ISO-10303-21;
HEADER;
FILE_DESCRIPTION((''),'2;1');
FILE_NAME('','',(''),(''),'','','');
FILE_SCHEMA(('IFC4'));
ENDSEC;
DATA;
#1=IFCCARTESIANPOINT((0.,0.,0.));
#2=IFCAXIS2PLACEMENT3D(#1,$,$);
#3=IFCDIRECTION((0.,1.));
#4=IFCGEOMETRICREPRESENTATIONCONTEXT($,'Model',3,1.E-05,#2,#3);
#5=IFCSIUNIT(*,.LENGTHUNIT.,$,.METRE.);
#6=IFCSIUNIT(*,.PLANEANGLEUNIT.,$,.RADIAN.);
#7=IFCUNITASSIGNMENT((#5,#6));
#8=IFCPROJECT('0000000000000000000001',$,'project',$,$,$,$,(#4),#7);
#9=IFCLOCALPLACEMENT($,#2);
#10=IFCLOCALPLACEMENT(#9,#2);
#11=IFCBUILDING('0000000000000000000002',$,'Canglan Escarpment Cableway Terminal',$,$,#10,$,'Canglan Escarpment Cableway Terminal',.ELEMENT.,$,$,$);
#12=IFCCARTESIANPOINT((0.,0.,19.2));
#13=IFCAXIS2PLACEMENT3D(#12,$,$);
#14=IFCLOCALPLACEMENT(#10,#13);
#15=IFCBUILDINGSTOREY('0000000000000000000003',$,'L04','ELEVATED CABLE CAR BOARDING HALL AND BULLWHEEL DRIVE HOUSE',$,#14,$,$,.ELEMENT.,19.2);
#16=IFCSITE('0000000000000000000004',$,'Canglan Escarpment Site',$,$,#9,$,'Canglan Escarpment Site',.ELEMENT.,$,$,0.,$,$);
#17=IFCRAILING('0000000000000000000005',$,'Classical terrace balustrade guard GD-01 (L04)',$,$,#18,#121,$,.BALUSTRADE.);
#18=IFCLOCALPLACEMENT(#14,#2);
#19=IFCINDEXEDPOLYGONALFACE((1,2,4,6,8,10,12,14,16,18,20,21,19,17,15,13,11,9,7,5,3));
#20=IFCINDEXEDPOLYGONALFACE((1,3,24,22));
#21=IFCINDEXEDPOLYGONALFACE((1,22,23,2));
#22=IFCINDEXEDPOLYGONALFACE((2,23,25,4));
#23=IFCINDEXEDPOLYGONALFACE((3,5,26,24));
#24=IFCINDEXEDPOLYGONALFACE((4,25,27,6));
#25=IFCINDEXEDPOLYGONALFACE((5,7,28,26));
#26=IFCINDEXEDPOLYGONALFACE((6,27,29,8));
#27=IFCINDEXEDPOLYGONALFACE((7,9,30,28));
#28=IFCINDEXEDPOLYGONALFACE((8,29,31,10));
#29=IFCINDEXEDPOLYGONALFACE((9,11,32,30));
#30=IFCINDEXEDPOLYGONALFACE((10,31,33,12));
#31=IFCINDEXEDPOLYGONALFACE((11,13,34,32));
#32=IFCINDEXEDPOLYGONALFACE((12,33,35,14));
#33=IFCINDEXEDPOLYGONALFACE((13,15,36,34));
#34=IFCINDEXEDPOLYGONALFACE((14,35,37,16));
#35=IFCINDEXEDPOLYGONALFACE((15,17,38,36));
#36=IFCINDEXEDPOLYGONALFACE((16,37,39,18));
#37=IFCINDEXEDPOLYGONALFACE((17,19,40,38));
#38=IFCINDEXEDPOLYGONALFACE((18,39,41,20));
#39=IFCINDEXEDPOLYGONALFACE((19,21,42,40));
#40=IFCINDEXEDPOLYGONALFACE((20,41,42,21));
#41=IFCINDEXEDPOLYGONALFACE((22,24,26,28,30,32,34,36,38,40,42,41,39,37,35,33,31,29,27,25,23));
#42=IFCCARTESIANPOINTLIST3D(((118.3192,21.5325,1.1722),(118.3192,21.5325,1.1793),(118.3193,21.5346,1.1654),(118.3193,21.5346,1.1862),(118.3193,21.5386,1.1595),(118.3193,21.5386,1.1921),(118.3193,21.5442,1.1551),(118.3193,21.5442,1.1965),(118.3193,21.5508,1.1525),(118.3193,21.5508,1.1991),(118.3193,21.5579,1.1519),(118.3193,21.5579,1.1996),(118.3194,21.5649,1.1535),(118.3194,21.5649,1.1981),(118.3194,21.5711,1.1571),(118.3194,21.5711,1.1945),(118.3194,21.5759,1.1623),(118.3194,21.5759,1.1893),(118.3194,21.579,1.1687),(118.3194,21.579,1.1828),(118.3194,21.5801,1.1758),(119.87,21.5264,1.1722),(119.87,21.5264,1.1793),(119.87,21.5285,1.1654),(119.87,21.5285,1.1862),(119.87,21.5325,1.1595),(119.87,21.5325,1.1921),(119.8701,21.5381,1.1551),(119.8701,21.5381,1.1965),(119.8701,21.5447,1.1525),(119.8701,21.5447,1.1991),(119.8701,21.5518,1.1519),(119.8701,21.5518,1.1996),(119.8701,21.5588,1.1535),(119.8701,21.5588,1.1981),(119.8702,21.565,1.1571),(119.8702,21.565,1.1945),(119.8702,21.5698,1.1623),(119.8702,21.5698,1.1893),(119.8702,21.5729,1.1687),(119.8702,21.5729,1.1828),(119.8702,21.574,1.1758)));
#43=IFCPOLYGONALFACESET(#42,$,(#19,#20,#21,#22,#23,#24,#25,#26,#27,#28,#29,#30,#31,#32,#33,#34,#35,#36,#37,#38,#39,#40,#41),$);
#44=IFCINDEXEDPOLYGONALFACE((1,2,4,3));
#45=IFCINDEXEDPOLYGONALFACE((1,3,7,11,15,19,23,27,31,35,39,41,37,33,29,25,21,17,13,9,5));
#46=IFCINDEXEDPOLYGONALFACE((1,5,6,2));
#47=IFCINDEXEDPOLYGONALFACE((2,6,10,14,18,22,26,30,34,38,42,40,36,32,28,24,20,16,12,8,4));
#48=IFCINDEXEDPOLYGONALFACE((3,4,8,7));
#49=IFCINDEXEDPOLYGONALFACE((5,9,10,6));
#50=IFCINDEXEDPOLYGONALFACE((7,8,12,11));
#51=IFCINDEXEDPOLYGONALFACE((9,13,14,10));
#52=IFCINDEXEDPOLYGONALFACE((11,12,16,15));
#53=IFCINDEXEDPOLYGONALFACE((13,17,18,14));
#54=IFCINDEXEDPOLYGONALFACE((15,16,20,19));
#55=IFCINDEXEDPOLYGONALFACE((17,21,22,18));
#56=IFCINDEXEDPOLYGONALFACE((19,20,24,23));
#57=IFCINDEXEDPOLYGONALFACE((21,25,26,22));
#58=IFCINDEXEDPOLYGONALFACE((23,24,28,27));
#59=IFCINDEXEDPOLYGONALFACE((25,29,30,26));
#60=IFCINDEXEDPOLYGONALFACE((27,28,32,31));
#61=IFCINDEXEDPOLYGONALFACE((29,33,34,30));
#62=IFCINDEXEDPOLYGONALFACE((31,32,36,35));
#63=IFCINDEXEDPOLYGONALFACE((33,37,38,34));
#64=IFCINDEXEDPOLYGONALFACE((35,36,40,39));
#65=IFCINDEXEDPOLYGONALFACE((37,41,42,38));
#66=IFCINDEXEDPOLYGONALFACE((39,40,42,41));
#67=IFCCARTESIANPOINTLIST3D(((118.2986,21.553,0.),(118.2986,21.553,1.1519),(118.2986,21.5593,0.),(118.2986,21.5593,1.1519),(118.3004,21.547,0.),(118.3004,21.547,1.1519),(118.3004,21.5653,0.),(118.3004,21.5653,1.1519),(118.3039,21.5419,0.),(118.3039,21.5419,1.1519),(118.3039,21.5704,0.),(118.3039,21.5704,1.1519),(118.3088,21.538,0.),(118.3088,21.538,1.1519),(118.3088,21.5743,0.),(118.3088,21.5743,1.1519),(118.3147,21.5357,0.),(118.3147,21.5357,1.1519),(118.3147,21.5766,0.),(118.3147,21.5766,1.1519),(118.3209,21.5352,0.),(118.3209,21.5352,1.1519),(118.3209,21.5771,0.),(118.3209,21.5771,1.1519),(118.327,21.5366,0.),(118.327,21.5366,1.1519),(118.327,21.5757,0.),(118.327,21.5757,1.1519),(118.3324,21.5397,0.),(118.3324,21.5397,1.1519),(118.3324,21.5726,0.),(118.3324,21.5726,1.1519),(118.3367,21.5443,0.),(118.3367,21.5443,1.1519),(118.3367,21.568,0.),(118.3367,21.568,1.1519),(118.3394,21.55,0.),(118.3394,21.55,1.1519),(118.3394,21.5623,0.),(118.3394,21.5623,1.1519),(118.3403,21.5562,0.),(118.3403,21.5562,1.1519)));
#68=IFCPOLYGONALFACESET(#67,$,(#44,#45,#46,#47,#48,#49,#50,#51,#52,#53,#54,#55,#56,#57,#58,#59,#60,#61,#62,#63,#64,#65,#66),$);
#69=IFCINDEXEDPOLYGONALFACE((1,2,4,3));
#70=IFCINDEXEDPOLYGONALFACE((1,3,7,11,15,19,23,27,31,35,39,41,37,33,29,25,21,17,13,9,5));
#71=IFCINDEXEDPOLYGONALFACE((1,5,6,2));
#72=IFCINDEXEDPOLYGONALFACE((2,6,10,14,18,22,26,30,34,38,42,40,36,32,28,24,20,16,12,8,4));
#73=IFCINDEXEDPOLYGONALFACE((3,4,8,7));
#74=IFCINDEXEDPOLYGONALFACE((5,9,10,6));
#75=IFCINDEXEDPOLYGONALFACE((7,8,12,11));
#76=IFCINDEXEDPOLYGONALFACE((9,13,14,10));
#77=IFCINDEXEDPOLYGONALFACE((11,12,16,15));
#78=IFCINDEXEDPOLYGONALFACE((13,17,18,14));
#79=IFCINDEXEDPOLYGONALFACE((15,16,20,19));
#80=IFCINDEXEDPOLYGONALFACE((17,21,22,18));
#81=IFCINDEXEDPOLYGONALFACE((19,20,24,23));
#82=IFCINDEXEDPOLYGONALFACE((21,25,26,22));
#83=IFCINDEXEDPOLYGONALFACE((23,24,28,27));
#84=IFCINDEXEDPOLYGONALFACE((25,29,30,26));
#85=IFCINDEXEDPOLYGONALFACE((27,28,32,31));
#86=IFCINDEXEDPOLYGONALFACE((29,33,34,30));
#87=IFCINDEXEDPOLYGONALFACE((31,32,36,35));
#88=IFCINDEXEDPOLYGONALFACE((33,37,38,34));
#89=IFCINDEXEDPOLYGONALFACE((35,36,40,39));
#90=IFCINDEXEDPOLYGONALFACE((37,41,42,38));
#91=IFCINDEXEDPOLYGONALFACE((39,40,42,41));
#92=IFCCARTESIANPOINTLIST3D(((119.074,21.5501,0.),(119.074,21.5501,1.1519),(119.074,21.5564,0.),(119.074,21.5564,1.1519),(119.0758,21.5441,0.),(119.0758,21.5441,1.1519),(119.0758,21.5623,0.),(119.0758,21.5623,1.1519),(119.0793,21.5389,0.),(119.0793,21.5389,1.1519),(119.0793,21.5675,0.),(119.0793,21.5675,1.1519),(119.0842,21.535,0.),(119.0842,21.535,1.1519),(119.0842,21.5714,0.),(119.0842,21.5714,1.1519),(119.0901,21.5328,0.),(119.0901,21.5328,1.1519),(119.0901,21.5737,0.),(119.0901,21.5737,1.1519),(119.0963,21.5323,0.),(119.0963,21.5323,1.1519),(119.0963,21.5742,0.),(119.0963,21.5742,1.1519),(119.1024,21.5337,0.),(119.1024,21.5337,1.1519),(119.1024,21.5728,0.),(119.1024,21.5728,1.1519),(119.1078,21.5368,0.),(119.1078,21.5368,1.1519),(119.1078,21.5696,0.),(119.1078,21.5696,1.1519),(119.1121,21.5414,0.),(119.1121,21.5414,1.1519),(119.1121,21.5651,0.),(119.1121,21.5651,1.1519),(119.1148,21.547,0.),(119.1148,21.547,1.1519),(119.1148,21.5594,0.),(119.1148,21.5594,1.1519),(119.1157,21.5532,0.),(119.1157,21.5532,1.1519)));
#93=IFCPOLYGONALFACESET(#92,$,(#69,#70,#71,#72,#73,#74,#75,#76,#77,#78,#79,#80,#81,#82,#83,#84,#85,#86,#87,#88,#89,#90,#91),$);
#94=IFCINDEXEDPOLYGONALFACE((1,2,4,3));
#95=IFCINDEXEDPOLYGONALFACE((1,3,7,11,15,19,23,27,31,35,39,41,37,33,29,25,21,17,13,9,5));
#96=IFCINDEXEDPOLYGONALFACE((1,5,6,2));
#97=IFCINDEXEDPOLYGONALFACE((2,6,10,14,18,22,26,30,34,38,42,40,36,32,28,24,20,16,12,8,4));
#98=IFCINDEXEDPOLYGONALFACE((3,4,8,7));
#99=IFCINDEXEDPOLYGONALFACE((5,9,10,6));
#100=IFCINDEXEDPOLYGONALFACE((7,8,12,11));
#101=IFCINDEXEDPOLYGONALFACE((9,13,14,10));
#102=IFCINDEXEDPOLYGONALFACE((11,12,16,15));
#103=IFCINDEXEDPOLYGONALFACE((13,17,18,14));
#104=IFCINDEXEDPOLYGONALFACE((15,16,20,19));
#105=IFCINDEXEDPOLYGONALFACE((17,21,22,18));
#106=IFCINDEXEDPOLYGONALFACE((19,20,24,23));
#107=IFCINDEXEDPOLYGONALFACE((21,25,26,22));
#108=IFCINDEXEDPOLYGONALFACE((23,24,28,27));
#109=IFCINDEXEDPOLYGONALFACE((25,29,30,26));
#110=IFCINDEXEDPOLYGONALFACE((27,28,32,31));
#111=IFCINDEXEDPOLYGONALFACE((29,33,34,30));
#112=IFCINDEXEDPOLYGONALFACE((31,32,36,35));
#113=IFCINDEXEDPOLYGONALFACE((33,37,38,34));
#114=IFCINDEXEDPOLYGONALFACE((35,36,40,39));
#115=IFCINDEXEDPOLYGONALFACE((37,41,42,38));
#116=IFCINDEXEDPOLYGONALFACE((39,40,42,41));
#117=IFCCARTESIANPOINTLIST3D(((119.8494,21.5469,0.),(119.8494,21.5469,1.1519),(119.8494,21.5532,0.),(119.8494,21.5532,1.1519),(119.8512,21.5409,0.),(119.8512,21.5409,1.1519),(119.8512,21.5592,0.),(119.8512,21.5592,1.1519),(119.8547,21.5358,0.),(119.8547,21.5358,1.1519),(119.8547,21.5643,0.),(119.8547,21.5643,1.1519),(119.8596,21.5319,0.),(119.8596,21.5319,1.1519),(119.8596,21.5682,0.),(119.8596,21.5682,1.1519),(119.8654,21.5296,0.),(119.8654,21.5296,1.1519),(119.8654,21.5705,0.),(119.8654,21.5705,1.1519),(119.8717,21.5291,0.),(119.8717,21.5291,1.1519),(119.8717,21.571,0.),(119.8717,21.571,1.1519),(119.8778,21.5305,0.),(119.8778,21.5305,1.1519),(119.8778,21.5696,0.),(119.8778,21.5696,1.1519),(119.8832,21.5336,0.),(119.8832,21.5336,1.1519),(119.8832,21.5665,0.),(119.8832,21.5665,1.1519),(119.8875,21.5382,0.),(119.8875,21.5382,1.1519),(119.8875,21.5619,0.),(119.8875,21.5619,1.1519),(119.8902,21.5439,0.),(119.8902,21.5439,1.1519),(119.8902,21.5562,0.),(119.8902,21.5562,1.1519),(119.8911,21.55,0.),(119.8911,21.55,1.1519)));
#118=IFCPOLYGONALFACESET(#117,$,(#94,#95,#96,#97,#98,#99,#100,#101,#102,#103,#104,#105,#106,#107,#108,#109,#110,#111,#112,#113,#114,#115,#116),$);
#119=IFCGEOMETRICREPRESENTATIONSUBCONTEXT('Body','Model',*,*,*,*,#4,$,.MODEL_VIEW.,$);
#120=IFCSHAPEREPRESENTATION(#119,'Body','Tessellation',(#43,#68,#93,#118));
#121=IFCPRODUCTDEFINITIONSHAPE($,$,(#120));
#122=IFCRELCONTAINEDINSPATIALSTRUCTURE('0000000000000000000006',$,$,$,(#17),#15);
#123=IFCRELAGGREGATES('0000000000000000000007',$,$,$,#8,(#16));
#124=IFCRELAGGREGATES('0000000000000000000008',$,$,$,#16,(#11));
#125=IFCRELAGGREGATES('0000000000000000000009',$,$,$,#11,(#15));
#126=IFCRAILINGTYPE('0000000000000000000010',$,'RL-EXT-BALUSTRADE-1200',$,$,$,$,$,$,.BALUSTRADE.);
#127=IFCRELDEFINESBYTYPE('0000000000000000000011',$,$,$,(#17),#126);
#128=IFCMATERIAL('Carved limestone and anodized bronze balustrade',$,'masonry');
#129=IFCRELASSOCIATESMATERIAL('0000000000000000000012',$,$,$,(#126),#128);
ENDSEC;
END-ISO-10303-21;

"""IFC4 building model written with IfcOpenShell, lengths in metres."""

from ifc_helpers import new_model, si_unit, direction, frame, origin, origin_2d, place, context, subcontext, project, spatial, circle, extrude, material, type_object, element, save


model = new_model("IFC4")

# Units and contexts
model_context = context("Model", 3, precision=1e-05, world=origin(), true_north=direction((0.0, 1.0)))
body_context = subcontext(model_context, "Body", "Model", "MODEL_VIEW")
ifc_project = project(units=[si_unit("LENGTHUNIT", "METRE"), si_unit("PLANEANGLEUNIT", "RADIAN")], contexts=[model_context])

# Site, building, storey
site_placement = place(None, origin())
site = spatial("IfcSite", under=ifc_project, at=site_placement, Name="Canglan Escarpment Site", LongName="Canglan Escarpment Site", CompositionType="ELEMENT", RefElevation=0.0)
building_placement = place(site_placement, origin())
building = spatial("IfcBuilding", under=site, at=building_placement, Name="Canglan Escarpment Cableway Terminal", LongName="Canglan Escarpment Cableway Terminal", CompositionType="ELEMENT")
storey_placement = place(building_placement, frame((0.0, 0.0, 19.2)))
storey = spatial("IfcBuildingStorey", under=building, at=storey_placement, Name="L04", Description="ELEVATED CABLE CAR BOARDING HALL AND BULLWHEEL DRIVE HOUSE", CompositionType="ELEMENT", Elevation=19.2)

# Railing
ifc_material_1 = material(Name="Carved limestone and anodized bronze balustrade", Category="masonry")
railing_type = type_object("IfcRailingType", Name="RL-EXT-BALUSTRADE-1200", PredefinedType="BALUSTRADE", material=ifc_material_1)
railing_1_placement = place(storey_placement, frame((118.3193, 21.5562, 0.0)))
element("IfcRailing", 1, at=railing_1_placement, inside=storey, type_object=railing_type, Name="Classical terrace balustrade guard GD-01 (L04)", PredefinedType="BALUSTRADE", context=body_context, shape_type="SweptSolid", body=[
    extrude(circle(Radius=0.0239, at=origin_2d()), frame((0.0, 0.0, 1.1758), z_axis=(0.999992, -0.003936, 0.0), x_axis=(0.003936, 0.999992, 0.0)), (0.0, 0.0, 1.0), 1.5508),
    extrude(circle(Radius=0.021, at=origin_2d()), origin(), (0.0, 0.0, 1.0), 1.1519),
    extrude(circle(Radius=0.021, at=origin_2d()), frame((0.7754, -0.0029, 0.0)), (0.0, 0.0, 1.0), 1.1519),
    extrude(circle(Radius=0.021, at=origin_2d()), frame((1.5508, -0.0061, 0.0)), (0.0, 0.0, 1.0), 1.1519),
])

save(model, "model.ifc")
